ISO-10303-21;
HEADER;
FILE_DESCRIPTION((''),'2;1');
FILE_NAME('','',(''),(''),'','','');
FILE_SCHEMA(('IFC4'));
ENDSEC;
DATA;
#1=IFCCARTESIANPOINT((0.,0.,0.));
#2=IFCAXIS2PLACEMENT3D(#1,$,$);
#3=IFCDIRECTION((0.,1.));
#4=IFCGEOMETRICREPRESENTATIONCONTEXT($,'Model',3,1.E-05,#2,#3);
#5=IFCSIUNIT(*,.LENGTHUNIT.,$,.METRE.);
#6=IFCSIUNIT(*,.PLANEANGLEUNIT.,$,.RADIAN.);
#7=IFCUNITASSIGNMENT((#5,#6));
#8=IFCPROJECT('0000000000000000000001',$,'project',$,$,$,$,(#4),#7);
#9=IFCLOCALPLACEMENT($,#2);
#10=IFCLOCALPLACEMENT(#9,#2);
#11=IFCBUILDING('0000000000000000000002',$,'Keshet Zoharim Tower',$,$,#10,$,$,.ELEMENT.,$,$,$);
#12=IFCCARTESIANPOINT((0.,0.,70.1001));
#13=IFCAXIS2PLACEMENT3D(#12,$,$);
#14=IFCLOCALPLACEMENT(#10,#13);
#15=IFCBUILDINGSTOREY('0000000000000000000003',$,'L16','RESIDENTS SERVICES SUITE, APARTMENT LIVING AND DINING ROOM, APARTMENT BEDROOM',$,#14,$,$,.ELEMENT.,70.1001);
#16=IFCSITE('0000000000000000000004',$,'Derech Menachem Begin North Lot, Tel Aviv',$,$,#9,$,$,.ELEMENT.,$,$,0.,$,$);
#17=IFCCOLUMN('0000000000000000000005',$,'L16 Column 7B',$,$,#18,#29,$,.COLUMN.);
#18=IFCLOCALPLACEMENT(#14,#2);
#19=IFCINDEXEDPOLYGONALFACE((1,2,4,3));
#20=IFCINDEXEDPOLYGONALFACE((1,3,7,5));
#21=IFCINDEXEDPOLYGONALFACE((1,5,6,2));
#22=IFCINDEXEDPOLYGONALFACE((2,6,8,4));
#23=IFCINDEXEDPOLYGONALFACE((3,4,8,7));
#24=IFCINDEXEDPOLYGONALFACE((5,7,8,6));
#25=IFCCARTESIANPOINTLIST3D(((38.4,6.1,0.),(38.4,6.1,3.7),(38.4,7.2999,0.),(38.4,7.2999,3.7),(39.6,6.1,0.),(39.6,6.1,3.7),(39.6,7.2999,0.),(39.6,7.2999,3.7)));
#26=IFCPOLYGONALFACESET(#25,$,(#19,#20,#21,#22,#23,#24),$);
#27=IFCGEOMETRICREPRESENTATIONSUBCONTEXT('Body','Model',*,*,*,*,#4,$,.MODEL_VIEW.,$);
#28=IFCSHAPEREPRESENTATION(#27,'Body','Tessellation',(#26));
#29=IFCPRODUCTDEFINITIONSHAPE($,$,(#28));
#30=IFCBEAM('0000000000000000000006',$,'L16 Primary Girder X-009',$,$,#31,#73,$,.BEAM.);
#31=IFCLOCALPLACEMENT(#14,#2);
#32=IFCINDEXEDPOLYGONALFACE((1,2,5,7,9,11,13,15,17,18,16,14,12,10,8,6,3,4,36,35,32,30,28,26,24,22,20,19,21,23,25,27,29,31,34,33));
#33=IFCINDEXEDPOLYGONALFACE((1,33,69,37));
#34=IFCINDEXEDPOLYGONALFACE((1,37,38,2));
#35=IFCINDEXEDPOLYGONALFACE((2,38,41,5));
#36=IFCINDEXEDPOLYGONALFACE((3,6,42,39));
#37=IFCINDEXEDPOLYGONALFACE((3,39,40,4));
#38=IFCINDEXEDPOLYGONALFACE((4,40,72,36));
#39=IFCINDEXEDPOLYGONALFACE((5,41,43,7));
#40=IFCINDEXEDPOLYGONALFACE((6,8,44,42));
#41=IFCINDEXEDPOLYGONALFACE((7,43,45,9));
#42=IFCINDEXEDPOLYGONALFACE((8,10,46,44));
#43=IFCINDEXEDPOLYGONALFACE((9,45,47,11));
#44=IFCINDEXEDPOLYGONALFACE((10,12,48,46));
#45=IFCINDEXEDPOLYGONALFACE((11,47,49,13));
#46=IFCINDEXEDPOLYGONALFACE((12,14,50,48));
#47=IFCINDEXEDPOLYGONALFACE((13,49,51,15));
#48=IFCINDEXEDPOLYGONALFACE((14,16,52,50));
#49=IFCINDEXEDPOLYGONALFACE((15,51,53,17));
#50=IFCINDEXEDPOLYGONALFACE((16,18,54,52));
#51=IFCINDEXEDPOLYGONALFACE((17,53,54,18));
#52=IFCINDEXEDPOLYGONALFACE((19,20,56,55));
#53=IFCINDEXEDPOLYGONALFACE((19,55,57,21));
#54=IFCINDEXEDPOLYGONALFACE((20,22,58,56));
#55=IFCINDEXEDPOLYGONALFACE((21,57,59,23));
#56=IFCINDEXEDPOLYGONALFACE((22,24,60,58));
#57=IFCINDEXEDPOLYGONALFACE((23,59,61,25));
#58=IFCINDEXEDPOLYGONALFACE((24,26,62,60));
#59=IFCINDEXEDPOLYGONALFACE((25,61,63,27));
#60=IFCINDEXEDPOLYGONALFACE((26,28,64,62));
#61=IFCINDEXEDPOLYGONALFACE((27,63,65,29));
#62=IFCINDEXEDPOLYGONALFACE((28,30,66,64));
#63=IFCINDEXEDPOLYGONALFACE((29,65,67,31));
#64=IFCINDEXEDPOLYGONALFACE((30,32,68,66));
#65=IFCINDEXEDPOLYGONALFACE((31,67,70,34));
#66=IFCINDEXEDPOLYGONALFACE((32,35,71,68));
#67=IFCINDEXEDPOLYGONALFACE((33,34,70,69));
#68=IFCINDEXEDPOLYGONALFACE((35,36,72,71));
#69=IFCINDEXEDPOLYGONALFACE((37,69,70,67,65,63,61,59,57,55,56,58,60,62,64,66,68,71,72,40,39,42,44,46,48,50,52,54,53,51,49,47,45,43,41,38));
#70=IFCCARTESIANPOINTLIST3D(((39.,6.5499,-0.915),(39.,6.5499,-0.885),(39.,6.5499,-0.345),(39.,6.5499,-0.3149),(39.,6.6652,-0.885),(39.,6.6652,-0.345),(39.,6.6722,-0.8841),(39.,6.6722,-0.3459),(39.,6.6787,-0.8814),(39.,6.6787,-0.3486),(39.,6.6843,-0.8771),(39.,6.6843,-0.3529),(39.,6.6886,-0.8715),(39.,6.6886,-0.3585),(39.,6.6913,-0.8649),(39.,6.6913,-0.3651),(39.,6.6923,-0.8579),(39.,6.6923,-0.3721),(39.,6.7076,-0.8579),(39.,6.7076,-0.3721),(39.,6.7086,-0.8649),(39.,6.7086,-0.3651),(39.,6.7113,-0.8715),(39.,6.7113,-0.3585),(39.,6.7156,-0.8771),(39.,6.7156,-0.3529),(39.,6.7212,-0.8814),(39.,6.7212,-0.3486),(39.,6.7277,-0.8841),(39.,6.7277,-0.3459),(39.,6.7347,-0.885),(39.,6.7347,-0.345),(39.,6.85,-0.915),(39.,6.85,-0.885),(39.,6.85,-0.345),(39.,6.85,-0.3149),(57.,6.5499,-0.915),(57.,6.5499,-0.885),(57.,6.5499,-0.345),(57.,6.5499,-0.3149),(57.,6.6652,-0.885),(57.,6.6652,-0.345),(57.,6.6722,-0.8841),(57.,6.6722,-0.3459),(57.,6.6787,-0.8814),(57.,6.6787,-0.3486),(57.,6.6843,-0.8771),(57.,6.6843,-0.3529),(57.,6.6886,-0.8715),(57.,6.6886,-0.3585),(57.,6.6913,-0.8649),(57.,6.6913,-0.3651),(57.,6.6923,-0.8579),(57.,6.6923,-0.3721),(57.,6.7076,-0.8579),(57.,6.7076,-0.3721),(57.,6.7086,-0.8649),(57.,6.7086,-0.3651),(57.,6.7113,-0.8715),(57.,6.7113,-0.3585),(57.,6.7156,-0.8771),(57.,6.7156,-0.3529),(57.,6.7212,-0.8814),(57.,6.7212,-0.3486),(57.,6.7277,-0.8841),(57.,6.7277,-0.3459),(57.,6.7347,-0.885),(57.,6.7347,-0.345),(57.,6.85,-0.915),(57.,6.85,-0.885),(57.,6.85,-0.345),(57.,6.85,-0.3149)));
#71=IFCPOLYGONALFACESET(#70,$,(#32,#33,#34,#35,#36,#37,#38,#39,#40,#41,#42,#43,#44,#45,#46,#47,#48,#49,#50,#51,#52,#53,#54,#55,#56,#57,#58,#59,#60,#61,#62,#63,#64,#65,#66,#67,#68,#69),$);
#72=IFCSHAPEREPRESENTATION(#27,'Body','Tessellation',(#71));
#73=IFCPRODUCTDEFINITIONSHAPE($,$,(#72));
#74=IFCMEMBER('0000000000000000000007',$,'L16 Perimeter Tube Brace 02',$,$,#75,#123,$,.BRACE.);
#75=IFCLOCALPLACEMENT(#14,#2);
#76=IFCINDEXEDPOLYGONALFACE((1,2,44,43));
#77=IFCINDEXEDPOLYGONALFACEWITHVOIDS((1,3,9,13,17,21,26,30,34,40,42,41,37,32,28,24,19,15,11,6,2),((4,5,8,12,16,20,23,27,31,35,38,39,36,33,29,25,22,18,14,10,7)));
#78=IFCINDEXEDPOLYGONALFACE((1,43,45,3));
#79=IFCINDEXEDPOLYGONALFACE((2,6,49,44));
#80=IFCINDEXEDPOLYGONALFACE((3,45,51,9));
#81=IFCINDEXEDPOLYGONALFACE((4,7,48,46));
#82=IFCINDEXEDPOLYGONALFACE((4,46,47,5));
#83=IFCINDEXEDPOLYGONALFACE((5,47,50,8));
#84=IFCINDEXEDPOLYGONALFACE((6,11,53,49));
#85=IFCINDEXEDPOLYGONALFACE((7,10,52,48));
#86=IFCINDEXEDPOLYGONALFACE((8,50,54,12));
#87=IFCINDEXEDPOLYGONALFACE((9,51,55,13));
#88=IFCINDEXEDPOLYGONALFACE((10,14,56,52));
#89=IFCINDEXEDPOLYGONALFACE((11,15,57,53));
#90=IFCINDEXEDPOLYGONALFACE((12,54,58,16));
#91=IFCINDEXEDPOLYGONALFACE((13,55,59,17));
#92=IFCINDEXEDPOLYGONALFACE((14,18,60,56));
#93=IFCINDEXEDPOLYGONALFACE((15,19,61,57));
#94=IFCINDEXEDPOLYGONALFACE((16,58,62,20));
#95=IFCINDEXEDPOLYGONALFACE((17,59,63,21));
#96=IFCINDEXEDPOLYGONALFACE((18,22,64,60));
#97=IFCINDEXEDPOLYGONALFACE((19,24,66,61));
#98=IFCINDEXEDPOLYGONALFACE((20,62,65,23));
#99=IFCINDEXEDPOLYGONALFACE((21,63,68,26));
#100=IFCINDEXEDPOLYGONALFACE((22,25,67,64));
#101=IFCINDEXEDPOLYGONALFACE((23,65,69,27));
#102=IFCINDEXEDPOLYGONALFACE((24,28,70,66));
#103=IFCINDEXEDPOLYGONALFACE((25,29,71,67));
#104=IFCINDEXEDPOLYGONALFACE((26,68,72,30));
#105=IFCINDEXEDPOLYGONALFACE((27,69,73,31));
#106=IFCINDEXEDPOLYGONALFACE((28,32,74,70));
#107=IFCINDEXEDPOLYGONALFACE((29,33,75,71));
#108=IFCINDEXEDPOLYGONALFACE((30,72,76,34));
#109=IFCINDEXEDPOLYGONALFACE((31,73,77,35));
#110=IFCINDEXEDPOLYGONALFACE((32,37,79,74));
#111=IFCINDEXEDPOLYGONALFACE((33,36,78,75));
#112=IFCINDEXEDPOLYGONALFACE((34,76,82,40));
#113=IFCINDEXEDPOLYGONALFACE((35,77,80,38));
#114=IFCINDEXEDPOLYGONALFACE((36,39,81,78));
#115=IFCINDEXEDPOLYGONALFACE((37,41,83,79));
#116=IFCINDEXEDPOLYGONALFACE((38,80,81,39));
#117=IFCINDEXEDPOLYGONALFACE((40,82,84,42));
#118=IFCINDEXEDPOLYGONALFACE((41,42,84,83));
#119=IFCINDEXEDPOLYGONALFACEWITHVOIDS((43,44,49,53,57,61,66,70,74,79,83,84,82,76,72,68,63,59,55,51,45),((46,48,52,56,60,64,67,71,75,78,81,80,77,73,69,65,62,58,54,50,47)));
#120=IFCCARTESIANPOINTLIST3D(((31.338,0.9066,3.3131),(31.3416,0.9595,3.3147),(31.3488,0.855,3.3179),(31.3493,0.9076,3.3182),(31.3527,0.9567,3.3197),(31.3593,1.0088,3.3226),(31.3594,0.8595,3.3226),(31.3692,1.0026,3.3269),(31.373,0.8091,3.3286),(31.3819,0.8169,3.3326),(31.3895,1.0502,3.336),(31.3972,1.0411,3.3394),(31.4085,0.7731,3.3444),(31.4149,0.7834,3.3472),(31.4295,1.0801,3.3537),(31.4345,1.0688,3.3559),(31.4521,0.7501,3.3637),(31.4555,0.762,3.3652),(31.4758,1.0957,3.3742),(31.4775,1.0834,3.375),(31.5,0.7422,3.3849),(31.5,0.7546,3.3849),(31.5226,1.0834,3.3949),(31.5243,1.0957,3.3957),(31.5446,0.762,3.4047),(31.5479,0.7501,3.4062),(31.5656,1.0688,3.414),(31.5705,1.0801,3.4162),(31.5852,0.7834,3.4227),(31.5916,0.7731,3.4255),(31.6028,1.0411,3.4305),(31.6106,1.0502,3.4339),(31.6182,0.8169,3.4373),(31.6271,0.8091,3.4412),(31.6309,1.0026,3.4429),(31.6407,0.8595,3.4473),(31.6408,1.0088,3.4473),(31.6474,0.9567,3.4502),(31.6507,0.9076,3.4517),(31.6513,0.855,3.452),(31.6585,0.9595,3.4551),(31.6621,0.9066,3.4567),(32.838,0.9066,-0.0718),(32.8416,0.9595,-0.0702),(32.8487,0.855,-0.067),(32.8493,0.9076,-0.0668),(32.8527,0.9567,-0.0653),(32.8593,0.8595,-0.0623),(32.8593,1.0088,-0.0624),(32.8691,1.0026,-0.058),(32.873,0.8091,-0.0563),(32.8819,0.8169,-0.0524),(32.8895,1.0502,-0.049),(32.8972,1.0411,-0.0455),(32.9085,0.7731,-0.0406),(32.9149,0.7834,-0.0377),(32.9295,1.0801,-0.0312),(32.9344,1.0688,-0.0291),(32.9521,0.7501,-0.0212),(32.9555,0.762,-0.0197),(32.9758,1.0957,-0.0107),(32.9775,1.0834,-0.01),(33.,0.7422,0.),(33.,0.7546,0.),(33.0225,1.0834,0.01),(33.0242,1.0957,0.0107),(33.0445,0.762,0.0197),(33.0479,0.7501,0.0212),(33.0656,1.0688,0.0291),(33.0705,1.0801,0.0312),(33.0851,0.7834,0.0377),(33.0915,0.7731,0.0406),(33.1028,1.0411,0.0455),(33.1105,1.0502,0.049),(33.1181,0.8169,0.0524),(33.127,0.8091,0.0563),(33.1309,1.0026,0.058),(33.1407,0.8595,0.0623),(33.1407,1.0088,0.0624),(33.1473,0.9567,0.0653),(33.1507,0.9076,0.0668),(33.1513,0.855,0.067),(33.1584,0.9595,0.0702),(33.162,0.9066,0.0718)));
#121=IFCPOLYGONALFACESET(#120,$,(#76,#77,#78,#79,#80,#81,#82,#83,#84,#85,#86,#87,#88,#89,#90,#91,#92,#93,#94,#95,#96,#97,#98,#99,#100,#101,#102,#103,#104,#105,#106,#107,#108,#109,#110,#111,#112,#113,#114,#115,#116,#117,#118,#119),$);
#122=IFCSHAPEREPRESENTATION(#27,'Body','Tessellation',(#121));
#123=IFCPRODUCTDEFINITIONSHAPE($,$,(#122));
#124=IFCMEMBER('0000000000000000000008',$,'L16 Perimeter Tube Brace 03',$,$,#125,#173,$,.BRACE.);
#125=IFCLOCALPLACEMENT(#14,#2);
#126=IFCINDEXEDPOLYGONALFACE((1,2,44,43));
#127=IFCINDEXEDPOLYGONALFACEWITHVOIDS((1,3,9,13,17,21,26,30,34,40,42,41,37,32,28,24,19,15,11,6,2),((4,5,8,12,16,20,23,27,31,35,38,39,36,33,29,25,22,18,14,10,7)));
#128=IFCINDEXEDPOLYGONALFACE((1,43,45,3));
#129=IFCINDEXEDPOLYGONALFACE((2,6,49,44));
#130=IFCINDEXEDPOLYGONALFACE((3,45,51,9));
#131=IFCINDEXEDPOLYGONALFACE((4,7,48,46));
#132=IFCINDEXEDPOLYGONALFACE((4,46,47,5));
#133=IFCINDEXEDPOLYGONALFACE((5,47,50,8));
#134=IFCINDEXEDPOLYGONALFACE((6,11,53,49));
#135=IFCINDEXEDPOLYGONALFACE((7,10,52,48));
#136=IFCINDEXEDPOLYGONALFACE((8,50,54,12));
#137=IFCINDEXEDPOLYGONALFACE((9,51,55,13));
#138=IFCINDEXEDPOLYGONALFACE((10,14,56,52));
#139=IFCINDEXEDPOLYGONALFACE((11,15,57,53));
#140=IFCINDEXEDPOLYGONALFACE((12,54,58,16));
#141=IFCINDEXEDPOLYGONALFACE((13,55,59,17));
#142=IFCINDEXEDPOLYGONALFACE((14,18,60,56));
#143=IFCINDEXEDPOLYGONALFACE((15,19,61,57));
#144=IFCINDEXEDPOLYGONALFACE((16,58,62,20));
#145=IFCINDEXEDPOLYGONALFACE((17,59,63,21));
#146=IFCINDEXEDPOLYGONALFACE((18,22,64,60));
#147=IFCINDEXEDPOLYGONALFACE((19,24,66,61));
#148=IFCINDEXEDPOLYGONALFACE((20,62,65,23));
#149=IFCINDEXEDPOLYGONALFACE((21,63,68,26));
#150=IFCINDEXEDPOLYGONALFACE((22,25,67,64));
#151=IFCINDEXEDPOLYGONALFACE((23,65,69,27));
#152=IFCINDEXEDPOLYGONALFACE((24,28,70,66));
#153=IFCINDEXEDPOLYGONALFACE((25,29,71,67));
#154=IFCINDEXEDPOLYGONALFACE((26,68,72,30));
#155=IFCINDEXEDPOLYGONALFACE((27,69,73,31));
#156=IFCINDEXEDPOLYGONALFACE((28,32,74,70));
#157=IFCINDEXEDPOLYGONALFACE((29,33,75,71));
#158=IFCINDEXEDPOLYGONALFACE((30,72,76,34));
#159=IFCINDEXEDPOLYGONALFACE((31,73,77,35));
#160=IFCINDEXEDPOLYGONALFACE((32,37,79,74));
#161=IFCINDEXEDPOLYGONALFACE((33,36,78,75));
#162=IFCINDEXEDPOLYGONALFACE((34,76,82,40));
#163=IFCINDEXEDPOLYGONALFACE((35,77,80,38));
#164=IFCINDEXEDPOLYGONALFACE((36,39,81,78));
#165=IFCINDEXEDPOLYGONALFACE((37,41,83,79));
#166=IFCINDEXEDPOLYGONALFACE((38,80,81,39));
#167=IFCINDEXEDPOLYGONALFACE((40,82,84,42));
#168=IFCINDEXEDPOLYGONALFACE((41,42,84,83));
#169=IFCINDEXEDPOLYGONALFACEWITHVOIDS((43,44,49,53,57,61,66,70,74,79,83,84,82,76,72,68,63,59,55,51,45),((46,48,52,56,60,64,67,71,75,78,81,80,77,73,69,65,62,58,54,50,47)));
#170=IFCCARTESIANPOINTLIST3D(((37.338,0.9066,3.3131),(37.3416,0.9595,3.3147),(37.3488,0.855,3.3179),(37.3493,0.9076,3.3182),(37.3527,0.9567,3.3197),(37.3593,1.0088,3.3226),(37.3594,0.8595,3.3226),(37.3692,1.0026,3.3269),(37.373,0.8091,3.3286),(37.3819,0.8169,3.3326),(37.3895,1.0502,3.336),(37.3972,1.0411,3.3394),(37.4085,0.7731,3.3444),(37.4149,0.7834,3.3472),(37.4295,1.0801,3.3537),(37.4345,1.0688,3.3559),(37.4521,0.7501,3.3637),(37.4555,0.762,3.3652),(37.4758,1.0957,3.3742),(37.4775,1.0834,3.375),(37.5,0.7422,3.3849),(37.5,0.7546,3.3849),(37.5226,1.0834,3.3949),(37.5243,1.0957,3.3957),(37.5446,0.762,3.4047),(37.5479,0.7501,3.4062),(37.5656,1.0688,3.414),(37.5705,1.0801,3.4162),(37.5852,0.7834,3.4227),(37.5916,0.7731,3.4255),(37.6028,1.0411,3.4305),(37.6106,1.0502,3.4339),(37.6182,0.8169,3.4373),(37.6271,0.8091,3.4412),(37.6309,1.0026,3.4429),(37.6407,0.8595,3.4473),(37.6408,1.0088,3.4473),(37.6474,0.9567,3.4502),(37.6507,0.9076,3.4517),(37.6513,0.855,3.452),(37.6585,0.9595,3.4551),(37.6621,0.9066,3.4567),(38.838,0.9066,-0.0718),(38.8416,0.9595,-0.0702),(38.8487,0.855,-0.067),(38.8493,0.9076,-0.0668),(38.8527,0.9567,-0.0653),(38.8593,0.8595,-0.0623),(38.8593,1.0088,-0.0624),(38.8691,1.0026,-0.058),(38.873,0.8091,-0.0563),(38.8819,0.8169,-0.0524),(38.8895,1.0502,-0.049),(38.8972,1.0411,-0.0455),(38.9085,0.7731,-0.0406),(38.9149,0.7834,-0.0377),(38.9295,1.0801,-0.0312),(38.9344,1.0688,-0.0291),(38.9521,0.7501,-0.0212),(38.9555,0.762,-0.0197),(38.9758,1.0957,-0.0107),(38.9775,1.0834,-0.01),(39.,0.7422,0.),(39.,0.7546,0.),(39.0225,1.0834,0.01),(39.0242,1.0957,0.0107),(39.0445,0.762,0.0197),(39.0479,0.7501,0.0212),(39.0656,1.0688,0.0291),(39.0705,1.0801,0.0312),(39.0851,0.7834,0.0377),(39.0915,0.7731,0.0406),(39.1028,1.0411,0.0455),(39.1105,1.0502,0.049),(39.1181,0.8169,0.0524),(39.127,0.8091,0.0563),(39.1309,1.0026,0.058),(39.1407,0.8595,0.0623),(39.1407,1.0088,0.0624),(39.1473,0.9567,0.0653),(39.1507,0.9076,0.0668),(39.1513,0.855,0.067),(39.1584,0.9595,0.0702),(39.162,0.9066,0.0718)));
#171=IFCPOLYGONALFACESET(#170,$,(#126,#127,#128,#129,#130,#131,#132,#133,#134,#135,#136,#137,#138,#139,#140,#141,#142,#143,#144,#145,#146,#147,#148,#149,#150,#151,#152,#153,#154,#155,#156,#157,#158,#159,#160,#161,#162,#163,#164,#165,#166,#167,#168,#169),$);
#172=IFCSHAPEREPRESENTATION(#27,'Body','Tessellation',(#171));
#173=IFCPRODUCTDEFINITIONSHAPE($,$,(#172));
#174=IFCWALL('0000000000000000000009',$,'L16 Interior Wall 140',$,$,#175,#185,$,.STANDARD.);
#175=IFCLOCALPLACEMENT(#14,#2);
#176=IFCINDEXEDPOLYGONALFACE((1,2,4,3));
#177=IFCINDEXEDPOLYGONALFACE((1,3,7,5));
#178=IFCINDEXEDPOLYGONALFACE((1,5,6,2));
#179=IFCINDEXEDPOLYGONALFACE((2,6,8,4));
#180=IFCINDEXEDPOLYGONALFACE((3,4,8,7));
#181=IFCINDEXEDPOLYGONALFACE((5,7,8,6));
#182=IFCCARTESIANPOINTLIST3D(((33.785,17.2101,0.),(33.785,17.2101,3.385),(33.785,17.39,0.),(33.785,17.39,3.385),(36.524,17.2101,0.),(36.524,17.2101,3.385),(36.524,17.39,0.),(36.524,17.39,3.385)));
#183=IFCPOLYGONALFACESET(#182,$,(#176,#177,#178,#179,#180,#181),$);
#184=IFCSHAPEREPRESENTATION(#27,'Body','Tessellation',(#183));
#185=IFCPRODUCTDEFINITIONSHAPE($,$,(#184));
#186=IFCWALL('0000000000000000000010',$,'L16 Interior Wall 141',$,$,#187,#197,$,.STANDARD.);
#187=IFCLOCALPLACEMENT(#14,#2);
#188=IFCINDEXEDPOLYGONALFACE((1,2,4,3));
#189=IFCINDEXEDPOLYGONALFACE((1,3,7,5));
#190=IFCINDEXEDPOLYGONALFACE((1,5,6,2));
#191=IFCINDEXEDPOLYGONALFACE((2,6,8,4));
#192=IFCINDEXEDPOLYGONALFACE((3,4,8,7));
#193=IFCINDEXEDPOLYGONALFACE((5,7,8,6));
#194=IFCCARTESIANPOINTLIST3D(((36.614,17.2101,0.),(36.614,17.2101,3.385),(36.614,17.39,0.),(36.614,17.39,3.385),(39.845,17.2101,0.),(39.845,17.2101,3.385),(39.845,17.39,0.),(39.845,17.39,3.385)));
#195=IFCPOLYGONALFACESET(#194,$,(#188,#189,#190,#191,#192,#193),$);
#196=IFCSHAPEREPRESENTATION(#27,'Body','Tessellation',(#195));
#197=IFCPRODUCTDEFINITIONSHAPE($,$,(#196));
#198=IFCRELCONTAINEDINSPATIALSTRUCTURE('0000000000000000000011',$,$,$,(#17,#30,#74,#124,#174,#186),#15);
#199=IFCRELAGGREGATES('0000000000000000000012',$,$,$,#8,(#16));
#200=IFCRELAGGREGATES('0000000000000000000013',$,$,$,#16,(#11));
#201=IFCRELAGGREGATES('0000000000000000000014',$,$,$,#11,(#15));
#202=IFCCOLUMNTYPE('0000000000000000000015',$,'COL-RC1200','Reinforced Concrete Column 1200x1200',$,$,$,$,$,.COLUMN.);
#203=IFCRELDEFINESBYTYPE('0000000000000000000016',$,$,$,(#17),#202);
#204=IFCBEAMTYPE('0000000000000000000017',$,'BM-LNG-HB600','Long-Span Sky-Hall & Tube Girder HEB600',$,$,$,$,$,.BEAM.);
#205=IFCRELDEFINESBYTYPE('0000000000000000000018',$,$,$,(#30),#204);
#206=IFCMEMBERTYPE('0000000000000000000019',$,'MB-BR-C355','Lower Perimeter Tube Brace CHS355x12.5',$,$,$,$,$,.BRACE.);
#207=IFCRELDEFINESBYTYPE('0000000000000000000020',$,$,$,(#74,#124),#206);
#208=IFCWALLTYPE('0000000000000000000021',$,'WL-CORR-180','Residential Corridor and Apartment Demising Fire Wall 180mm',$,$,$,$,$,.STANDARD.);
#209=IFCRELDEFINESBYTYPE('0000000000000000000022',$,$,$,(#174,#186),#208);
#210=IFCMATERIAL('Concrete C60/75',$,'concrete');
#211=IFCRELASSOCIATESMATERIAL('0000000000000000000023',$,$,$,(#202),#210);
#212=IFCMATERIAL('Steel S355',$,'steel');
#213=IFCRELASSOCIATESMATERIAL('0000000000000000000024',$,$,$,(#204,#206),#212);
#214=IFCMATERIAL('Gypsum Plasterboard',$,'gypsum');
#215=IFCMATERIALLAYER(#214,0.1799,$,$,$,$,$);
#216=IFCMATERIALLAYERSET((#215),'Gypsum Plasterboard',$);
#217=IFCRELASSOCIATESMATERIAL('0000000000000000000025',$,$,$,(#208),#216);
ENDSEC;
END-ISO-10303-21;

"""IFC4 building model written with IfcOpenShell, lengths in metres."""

from ifc_helpers import new_model, si_unit, direction, frame, frame_2d, origin, origin_2d, place, context, subcontext, project, spatial, rectangle, hollow_circle, i_section, extrude, material, layer, layer_set, material_profile, profile_set, type_object, element, save


model = new_model("IFC4")

# Units and contexts
model_context = context("Model", 3, precision=1e-05, world=origin(), true_north=direction((0.0, 1.0)))
body_context = subcontext(model_context, "Body", "Model", "MODEL_VIEW")
ifc_project = project(units=[si_unit("LENGTHUNIT", "METRE"), si_unit("PLANEANGLEUNIT", "RADIAN")], contexts=[model_context])

# Site, building, storey
site_placement = place(None, origin())
site = spatial("IfcSite", under=ifc_project, at=site_placement, Name="Derech Menachem Begin North Lot, Tel Aviv", CompositionType="ELEMENT", RefElevation=0.0)
building_placement = place(site_placement, origin())
building = spatial("IfcBuilding", under=site, at=building_placement, Name="Keshet Zoharim Tower", CompositionType="ELEMENT")
storey_placement = place(building_placement, frame((0.0, 0.0, 70.1001)))
storey = spatial("IfcBuildingStorey", under=building, at=storey_placement, Name="L16", Description="RESIDENTS SERVICES SUITE, APARTMENT LIVING AND DINING ROOM, APARTMENT BEDROOM", CompositionType="ELEMENT", Elevation=70.1001)

# Column
ifc_material_1 = material(Name="Concrete C60/75", Category="concrete")
ifc_material_profile_1 = material_profile(ifc_material_1, rectangle(XDim=1.2, YDim=1.2, at=origin_2d()), Name="RC1200x1200")
ifc_profile_set_1 = profile_set([ifc_material_profile_1], Name="Concrete C60/75")
column_type = type_object("IfcColumnType", Name="COL-RC1200", Description="Reinforced Concrete Column 1200x1200", PredefinedType="COLUMN", material=ifc_profile_set_1)
column_placement = place(storey_placement, frame((39.0, 6.7, 0.0), z_axis=(0.0, 0.0, 1.0), x_axis=(1.0, 0.0, 0.0)))
element("IfcColumn", 1, at=column_placement, inside=storey, type_object=column_type, Name="L16 Column 7B", PredefinedType="COLUMN", context=body_context, shape_type="SweptSolid", body=[
    extrude(rectangle(XDim=1.2, YDim=1.2, at=origin_2d()), origin(), (0.0, 0.0, 1.0), 3.7),
])

# Beam
ifc_material_2 = material(Name="Steel S355", Category="steel")
ifc_material_profile_2 = material_profile(ifc_material_2, i_section(OverallWidth=0.3, OverallDepth=0.6001, WebThickness=0.0154, FlangeThickness=0.03, FilletRadius=0.0271, at=origin_2d()), Name="HEB600")
ifc_profile_set_2 = profile_set([ifc_material_profile_2], Name="Steel S355")
beam_type = type_object("IfcBeamType", Name="BM-LNG-HB600", Description="Long-Span Sky-Hall & Tube Girder HEB600", PredefinedType="BEAM", material=ifc_profile_set_2)
beam_placement = place(storey_placement, frame((39.0, 6.7, -0.615), z_axis=(1.0, 0.0, 0.0), x_axis=(0.0, 1.0, 0.0)))
element("IfcBeam", 2, at=beam_placement, inside=storey, type_object=beam_type, Name="L16 Primary Girder X-009", PredefinedType="BEAM", context=body_context, shape_type="SweptSolid", body=[
    extrude(i_section(OverallWidth=0.3, OverallDepth=0.6001, WebThickness=0.0154, FlangeThickness=0.03, FilletRadius=0.0271, at=origin_2d()), origin(), (0.0, 0.0, 1.0), 18.0),
])

# Members
ifc_material_profile_3 = material_profile(ifc_material_2, hollow_circle(Radius=0.1777, WallThickness=0.0125, at=origin_2d()), Name="CHS355x12.5")
ifc_profile_set_3 = profile_set([ifc_material_profile_3], Name="Steel S355")
member_type = type_object("IfcMemberType", Name="MB-BR-C355", Description="Lower Perimeter Tube Brace CHS355x12.5", PredefinedType="BRACE", material=ifc_profile_set_3)
for number, where, z_axis, x_axis, name in (
    (3, (33.0, 0.9199, 0.0), (-0.405135, 0.0, 0.914257), (0.0, -1.0, 0.0), "L16 Perimeter Tube Brace 02"),
    (4, (39.0, 0.9199, 0.0), (-0.405135, 0.0, 0.914257), (0.0, -1.0, 0.0), "L16 Perimeter Tube Brace 03"),
):
    element("IfcMember", number, at=place(storey_placement, frame(where, z_axis=z_axis, x_axis=x_axis)), inside=storey, type_object=member_type, Name=name, PredefinedType="BRACE", context=body_context, shape_type="SweptSolid", body=[
        extrude(hollow_circle(Radius=0.1777, WallThickness=0.0125, at=origin_2d()), origin(), (0.0, 0.0, 1.0), 3.7024),
    ])

# Walls
ifc_material_3 = material(Name="Gypsum Plasterboard", Category="gypsum")
ifc_layer_1 = layer(ifc_material_3, 0.1799)
ifc_layer_set_1 = layer_set([ifc_layer_1], Name="Gypsum Plasterboard")
wall_type_1 = type_object("IfcWallType", Name="WL-CORR-180", Description="Residential Corridor and Apartment Demising Fire Wall 180mm", PredefinedType="STANDARD", material=ifc_layer_set_1)
wall_1_placement = place(storey_placement, frame((33.7849, 17.3, 0.0), z_axis=(0.0, 0.0, 1.0), x_axis=(1.0, 0.0, 0.0)))
element("IfcWall", 5, at=wall_1_placement, inside=storey, type_object=wall_type_1, Name="L16 Interior Wall 140", PredefinedType="STANDARD", context=body_context, shape_type="SweptSolid", body=[
    extrude(rectangle(XDim=2.739, YDim=0.1799, at=frame_2d((1.3696, 0.0))), origin(), (0.0, 0.0, 1.0), 3.385),
])
wall_2_placement = place(storey_placement, frame((36.614, 17.3, 0.0), z_axis=(0.0, 0.0, 1.0), x_axis=(1.0, 0.0, 0.0)))
element("IfcWall", 6, at=wall_2_placement, inside=storey, type_object=wall_type_1, Name="L16 Interior Wall 141", PredefinedType="STANDARD", context=body_context, shape_type="SweptSolid", body=[
    extrude(rectangle(XDim=3.231, YDim=0.1799, at=frame_2d((1.6155, 0.0))), origin(), (0.0, 0.0, 1.0), 3.385),
])

save(model, "model.ifc")
